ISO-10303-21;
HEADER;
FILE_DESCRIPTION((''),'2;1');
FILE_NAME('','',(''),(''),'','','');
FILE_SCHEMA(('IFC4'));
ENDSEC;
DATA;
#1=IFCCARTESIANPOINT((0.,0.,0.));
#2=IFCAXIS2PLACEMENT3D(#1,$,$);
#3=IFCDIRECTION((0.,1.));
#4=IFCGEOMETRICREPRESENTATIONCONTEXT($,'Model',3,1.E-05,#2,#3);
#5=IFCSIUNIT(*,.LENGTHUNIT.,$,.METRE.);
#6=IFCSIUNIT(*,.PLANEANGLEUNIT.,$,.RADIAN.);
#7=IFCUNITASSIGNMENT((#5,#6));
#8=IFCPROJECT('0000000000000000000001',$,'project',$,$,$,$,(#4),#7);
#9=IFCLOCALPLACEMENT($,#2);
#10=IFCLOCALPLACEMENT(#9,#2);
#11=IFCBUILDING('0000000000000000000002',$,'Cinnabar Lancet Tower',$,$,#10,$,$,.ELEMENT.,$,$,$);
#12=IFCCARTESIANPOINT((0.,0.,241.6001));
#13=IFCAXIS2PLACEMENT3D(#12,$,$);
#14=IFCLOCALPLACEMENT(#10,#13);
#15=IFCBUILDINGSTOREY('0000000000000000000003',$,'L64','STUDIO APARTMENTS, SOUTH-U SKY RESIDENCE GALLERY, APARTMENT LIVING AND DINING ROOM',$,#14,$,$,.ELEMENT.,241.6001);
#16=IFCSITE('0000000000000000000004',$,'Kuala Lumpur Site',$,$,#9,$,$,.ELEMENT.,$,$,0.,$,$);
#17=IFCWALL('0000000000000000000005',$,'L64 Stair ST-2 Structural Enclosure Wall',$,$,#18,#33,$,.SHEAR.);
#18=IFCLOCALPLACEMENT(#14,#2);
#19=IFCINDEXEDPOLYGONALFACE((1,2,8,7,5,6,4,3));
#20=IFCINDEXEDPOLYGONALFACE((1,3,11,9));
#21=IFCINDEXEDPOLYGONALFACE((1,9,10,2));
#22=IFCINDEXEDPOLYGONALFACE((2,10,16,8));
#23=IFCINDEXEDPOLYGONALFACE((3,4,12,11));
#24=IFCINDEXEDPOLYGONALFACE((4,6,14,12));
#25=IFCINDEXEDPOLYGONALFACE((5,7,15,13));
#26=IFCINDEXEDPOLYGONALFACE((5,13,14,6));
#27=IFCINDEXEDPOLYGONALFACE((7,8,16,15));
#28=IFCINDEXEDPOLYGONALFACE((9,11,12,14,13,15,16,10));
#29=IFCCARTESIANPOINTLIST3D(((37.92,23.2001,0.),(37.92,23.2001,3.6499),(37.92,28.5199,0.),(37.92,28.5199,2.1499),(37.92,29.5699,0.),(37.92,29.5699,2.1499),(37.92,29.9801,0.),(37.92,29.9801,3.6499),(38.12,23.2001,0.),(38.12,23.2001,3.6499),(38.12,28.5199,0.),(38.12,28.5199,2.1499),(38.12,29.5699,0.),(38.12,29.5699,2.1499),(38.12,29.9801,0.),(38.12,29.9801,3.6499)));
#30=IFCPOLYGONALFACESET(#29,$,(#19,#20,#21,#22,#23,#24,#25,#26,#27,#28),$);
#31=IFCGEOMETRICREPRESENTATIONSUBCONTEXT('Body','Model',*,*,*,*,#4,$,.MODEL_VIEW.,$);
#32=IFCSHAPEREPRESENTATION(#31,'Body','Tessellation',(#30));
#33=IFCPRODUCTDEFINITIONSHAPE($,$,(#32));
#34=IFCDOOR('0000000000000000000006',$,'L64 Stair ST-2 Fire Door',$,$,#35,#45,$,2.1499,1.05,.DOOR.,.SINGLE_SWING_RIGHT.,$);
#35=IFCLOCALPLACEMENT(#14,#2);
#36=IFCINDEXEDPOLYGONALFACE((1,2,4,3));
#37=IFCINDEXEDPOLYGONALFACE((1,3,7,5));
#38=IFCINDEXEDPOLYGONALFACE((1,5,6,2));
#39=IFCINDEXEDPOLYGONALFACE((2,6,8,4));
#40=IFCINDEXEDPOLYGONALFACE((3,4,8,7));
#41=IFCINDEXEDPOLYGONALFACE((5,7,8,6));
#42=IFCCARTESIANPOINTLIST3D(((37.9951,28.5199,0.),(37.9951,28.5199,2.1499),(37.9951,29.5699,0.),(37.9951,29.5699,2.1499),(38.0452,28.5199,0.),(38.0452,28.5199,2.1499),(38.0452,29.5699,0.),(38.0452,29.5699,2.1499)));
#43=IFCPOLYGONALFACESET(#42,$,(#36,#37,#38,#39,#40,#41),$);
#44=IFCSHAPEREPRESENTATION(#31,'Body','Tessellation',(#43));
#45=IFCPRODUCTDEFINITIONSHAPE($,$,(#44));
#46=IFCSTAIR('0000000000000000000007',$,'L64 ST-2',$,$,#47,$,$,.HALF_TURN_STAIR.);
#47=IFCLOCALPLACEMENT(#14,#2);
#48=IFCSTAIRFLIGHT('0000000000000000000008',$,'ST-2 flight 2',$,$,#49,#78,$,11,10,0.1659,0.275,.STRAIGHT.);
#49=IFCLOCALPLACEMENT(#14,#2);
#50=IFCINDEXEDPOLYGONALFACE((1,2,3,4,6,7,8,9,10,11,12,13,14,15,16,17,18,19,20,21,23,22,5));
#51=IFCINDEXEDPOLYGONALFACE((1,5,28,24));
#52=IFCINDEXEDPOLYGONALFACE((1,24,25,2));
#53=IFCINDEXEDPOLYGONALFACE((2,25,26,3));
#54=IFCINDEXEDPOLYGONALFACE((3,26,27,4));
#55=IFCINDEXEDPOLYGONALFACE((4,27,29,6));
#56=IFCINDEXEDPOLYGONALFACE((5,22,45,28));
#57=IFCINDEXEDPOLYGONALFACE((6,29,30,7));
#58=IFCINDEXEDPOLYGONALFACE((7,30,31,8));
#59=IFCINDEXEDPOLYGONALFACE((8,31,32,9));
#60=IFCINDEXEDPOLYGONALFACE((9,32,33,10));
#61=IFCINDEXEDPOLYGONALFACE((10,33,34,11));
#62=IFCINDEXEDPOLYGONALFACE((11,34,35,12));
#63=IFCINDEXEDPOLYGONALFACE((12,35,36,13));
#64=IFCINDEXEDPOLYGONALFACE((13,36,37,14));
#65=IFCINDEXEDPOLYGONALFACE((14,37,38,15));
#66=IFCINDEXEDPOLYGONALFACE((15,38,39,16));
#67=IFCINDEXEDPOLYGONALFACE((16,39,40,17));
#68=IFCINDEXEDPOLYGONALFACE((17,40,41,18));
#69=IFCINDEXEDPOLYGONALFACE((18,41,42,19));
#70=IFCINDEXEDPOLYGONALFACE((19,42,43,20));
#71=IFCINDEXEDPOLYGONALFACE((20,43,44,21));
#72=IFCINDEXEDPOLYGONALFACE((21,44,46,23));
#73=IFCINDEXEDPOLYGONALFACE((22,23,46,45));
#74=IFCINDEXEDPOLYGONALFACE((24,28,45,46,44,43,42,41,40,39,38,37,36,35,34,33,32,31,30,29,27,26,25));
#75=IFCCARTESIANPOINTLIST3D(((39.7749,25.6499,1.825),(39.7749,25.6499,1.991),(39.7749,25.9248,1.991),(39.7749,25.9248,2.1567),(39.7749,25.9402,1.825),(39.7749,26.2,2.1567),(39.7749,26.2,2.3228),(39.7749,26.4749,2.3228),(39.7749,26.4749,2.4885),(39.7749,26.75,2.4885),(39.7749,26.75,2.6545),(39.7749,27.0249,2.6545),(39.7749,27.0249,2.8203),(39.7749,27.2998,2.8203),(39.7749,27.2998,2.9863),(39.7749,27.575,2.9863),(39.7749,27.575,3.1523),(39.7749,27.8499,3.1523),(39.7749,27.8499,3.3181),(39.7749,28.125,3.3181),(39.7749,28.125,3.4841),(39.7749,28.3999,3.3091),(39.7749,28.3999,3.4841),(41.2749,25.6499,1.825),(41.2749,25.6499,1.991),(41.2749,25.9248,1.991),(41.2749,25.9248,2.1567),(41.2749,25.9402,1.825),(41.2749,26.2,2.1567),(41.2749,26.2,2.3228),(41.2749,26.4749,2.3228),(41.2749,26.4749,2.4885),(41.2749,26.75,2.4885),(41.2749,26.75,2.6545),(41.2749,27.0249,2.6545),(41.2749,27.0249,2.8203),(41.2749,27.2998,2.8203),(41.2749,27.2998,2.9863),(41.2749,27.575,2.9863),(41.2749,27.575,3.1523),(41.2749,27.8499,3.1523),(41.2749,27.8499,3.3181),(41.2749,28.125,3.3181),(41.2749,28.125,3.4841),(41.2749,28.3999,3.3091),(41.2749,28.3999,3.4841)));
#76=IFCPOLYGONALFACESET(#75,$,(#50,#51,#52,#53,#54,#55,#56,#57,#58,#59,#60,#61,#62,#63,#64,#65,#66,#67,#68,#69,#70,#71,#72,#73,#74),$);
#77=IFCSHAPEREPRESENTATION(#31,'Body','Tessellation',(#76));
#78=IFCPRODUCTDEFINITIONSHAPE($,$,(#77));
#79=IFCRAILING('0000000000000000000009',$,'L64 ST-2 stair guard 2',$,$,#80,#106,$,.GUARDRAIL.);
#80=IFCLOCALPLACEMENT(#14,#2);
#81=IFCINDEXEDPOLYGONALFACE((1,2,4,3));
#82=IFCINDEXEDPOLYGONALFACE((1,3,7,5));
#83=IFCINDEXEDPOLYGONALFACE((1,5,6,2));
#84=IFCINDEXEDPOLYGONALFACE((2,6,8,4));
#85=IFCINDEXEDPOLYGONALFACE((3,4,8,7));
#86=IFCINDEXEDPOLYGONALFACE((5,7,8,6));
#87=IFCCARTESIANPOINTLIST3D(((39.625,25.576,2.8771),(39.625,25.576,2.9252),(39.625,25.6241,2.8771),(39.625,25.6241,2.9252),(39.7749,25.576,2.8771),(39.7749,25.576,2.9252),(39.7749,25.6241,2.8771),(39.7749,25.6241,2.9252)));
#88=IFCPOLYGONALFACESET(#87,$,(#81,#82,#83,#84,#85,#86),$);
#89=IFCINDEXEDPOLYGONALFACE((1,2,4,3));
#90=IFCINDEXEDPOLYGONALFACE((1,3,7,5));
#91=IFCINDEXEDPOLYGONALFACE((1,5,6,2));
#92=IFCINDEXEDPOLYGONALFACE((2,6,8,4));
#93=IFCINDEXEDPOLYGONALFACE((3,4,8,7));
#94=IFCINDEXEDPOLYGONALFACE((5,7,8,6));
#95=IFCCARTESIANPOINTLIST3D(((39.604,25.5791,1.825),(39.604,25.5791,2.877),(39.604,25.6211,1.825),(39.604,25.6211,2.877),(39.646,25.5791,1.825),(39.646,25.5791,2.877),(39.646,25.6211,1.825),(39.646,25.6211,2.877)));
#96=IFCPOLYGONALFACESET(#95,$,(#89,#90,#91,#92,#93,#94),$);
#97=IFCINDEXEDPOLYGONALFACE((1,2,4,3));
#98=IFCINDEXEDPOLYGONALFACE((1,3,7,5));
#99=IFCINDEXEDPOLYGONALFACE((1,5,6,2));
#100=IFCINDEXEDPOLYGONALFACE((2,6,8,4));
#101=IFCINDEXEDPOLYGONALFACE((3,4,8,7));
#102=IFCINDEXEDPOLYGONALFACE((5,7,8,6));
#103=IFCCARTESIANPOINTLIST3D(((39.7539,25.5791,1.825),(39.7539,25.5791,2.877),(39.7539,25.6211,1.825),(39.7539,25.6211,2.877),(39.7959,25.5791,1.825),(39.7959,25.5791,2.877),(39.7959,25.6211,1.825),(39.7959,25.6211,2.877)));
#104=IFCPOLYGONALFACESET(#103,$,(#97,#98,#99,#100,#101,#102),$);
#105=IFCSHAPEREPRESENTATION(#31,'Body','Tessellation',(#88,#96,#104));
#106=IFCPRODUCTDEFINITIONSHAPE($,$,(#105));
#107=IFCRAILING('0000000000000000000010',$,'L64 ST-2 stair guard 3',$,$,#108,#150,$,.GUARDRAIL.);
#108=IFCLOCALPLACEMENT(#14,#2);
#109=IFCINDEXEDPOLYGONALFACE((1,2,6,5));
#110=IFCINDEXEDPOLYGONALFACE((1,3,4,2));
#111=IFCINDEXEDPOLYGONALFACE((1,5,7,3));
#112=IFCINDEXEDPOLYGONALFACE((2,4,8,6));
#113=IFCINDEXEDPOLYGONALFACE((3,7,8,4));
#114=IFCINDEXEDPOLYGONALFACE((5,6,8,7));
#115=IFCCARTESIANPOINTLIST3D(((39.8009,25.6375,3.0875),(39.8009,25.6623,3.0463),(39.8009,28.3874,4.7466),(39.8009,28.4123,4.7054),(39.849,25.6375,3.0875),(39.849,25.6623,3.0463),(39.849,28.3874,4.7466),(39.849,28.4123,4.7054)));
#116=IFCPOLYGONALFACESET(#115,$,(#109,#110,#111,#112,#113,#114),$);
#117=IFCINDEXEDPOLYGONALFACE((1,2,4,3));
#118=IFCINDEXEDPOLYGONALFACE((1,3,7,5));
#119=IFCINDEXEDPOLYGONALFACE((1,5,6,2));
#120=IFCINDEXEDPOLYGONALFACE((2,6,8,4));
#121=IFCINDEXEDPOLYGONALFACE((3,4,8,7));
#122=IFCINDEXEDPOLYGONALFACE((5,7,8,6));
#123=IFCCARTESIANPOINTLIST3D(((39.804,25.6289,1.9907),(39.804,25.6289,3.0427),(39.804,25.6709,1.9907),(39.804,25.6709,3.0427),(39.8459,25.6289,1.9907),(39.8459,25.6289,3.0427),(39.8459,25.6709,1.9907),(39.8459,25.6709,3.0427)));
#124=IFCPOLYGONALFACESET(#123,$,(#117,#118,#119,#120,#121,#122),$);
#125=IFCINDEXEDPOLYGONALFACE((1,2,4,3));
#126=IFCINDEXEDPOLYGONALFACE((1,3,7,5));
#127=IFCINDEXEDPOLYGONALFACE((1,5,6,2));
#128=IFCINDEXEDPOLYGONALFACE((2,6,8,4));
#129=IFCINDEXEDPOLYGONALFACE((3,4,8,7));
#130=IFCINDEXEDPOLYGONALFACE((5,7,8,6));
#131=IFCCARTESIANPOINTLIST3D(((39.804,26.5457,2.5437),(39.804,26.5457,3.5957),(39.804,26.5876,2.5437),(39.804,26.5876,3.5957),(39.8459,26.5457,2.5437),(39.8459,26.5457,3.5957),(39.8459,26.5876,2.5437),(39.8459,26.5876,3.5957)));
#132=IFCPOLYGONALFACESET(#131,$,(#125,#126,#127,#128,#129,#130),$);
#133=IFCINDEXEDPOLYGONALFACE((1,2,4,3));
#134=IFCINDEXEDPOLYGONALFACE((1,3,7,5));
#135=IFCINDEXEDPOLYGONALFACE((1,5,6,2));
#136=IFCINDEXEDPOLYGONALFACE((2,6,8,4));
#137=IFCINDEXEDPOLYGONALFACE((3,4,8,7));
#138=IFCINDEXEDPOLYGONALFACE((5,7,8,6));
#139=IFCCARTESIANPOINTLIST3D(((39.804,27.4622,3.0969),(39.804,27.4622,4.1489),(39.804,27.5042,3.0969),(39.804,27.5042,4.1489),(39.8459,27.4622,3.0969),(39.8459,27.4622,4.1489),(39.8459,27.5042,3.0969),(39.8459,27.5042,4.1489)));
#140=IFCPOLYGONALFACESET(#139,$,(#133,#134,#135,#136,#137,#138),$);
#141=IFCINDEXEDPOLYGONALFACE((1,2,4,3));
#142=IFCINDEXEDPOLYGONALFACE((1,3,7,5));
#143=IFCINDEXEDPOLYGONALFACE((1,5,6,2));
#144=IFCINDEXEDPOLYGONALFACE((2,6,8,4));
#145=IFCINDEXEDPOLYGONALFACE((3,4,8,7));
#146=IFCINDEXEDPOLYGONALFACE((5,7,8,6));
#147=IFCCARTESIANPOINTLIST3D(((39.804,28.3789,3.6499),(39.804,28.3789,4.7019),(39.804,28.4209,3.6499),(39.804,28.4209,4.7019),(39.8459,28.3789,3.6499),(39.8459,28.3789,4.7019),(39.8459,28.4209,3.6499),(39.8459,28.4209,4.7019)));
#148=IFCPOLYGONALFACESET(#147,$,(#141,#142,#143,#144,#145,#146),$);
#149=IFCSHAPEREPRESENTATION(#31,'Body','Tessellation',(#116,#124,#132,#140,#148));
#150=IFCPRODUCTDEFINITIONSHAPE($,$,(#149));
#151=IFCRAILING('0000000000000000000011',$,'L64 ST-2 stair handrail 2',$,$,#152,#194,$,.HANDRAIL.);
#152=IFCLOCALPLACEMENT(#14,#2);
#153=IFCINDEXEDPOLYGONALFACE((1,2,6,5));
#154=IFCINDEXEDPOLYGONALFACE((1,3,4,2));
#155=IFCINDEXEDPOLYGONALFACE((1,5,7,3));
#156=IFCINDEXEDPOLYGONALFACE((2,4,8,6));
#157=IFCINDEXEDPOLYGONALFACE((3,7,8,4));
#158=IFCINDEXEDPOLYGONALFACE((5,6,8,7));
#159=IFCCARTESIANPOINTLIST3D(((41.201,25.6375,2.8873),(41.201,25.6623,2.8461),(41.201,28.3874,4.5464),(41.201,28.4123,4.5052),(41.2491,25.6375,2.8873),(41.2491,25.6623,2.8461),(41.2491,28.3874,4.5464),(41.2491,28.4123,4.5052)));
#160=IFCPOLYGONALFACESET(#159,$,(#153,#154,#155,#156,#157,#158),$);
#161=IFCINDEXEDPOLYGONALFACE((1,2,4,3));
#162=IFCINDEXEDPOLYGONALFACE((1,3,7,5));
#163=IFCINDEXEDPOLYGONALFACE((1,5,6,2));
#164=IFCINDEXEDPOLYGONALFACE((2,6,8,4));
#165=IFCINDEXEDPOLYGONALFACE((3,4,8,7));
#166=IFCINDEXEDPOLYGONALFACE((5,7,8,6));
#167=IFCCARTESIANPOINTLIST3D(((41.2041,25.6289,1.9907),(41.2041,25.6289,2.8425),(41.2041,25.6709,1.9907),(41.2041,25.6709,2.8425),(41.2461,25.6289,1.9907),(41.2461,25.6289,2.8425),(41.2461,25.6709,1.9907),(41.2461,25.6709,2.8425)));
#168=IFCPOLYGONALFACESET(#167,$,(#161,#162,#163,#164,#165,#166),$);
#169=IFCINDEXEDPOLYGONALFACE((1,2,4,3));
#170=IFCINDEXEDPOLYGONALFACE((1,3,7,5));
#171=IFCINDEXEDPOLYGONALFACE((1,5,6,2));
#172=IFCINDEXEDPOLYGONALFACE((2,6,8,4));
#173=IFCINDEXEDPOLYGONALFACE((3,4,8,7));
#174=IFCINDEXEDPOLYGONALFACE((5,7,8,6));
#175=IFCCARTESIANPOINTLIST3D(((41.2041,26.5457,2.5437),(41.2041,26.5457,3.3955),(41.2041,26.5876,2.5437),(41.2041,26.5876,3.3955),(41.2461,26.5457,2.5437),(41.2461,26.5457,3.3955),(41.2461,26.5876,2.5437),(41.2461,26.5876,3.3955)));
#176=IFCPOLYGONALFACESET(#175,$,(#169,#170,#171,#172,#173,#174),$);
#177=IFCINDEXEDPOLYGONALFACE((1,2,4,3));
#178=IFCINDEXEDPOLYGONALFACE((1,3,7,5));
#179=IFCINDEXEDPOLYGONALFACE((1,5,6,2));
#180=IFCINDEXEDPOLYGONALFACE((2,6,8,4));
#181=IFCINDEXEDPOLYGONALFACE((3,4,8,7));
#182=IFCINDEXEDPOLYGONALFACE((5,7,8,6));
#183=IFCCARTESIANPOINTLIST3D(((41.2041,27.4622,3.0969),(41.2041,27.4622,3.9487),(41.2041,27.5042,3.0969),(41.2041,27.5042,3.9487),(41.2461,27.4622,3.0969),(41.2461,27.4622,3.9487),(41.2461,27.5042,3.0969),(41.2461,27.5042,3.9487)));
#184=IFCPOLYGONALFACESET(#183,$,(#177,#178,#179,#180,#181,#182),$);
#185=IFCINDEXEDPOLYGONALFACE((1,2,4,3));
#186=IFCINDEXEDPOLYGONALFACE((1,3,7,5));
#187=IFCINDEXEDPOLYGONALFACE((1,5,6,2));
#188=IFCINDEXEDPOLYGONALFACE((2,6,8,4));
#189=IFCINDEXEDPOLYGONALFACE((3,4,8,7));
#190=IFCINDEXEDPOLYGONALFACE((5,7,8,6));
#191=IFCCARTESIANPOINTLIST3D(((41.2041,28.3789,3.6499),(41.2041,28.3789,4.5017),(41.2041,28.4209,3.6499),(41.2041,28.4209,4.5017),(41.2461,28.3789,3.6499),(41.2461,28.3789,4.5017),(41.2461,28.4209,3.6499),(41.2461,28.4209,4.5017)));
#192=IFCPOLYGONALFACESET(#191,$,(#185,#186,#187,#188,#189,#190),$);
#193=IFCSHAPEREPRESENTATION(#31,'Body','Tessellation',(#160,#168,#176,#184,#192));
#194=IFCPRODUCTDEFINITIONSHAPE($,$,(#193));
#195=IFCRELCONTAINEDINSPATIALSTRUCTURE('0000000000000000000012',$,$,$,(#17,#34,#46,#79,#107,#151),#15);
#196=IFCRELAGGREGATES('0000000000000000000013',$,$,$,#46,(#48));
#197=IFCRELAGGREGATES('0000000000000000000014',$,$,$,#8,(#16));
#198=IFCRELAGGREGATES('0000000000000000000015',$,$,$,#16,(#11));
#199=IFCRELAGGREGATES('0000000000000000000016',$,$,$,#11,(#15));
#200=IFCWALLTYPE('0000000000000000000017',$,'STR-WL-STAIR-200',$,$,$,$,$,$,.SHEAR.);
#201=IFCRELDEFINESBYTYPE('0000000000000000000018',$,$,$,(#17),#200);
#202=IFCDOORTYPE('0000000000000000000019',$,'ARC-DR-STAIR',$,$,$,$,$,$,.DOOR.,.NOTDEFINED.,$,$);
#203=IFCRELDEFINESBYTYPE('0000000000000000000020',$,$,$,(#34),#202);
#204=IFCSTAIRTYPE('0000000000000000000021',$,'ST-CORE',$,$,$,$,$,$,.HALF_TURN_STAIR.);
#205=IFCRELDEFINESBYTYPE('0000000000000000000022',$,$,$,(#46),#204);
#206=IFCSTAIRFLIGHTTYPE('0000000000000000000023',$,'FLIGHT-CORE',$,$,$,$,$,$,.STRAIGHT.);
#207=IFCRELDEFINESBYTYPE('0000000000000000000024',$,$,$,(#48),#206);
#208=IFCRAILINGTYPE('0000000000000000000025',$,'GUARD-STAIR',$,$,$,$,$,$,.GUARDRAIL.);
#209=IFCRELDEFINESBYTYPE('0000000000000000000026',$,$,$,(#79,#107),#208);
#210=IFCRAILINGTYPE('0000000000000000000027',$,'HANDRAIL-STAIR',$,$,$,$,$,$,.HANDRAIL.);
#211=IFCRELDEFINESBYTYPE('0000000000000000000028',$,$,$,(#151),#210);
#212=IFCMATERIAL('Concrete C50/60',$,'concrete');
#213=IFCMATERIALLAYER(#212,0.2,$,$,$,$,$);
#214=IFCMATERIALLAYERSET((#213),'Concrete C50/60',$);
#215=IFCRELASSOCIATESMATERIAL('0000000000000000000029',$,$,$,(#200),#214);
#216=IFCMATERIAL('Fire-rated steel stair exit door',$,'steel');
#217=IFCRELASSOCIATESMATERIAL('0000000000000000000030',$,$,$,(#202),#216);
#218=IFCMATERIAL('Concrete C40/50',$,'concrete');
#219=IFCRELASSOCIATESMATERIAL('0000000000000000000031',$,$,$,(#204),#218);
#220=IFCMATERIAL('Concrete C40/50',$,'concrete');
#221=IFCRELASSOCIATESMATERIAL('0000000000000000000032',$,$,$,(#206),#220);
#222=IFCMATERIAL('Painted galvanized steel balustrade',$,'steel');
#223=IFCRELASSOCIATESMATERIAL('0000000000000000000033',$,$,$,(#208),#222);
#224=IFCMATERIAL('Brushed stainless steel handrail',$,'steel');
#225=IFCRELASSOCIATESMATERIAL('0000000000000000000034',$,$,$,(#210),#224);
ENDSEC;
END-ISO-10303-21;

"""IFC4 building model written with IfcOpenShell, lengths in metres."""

from ifc_helpers import new_model, si_unit, direction, frame, frame_2d, origin, origin_2d, place, context, subcontext, project, spatial, polyline, rectangle, outline, extrude, material, layer, layer_set, type_object, element, fill, aggregate, save


model = new_model("IFC4")

# Units and contexts
model_context = context("Model", 3, precision=1e-05, world=origin(), true_north=direction((0.0, 1.0)))
body_context = subcontext(model_context, "Body", "Model", "MODEL_VIEW")
ifc_project = project(units=[si_unit("LENGTHUNIT", "METRE"), si_unit("PLANEANGLEUNIT", "RADIAN")], contexts=[model_context])

# Site, building, storey
site_placement = place(None, origin())
site = spatial("IfcSite", under=ifc_project, at=site_placement, Name="Kuala Lumpur Site", CompositionType="ELEMENT", RefElevation=0.0)
building_placement = place(site_placement, origin())
building = spatial("IfcBuilding", under=site, at=building_placement, Name="Cinnabar Lancet Tower", CompositionType="ELEMENT")
storey_placement = place(building_placement, frame((0.0, 0.0, 241.6001)))
storey = spatial("IfcBuildingStorey", under=building, at=storey_placement, Name="L64", Description="STUDIO APARTMENTS, SOUTH-U SKY RESIDENCE GALLERY, APARTMENT LIVING AND DINING ROOM", CompositionType="ELEMENT", Elevation=241.6001)

# Wall, opening, door
ifc_material_1 = material(Name="Concrete C50/60", Category="concrete")
ifc_layer_1 = layer(ifc_material_1, 0.2)
ifc_layer_set_1 = layer_set([ifc_layer_1], Name="Concrete C50/60")
wall_type_1 = type_object("IfcWallType", Name="STR-WL-STAIR-200", PredefinedType="SHEAR", material=ifc_layer_set_1)
wall_1_placement = place(storey_placement, frame((38.02, 23.2, 0.0), z_axis=(0.0, 0.0, 1.0), x_axis=(0.0, 1.0, 0.0)))
wall_1 = element("IfcWall", 1, at=wall_1_placement, inside=storey, type_object=wall_type_1, Name="L64 Stair ST-2 Structural Enclosure Wall", PredefinedType="SHEAR", context=body_context, shape_type="SweptSolid", body=[
    extrude(rectangle(XDim=6.78, YDim=0.2, at=frame_2d((3.3901, 0.0))), origin(), (0.0, 0.0, 1.0), 3.6499),
])
opening_1_placement = place(wall_1_placement, frame((5.3201, 0.0, 0.0)))
opening_1 = element("IfcOpeningElement", 2, at=opening_1_placement, cuts=wall_1, PredefinedType="OPENING", context=body_context, shape_type="SweptSolid", body=[
    extrude(rectangle(XDim=1.05, YDim=2.1499, at=frame_2d((0.5249, 1.075))), frame((0.0, 0.1099, 0.0), z_axis=(0.0, -1.0, 0.0), x_axis=(1.0, 0.0, 0.0)), (0.0, 0.0, 1.0), 0.22),
])
ifc_material_2 = material(Name="Fire-rated steel stair exit door", Category="steel")
door_type_1 = type_object("IfcDoorType", Name="ARC-DR-STAIR", OperationType="NOTDEFINED", PredefinedType="DOOR", material=ifc_material_2)
door_1_placement = place(opening_1_placement, origin())
door_1 = element("IfcDoor", 3, at=door_1_placement, inside=storey, type_object=door_type_1, Name="L64 Stair ST-2 Fire Door", OperationType="SINGLE_SWING_RIGHT", OverallHeight=2.1499, OverallWidth=1.05, PredefinedType="DOOR", context=body_context, shape_type="SweptSolid", body=[
    extrude(rectangle(XDim=1.05, YDim=2.1499, at=frame_2d((0.5249, 1.075))), frame((0.0, 0.0249, 0.0), z_axis=(0.0, -1.0, 0.0), x_axis=(1.0, 0.0, 0.0)), (0.0, 0.0, 1.0), 0.05),
])
fill(opening_1, door_1)

# Stair, stair flight
ifc_material_3 = material(Name="Concrete C40/50", Category="concrete")
stair_type = type_object("IfcStairType", Name="ST-CORE", PredefinedType="HALF_TURN_STAIR", material=ifc_material_3)
stair_placement = place(storey_placement, origin())
stair = element("IfcStair", 4, at=stair_placement, inside=storey, type_object=stair_type, Name="L64 ST-2", PredefinedType="HALF_TURN_STAIR")
ifc_material_4 = material(Name="Concrete C40/50", Category="concrete")
stair_flight_type = type_object("IfcStairFlightType", Name="FLIGHT-CORE", PredefinedType="STRAIGHT", material=ifc_material_4)
stair_flight_placement = place(storey_placement, frame((40.5249, 25.6499, 1.825), z_axis=(0.0, 0.0, 1.0), x_axis=(0.0, 1.0, 0.0)))
stair_flight = element("IfcStairFlight", 5, at=stair_flight_placement, type_object=stair_flight_type, Name="ST-2 flight 2", NumberOfRisers=11, NumberOfTreads=10, PredefinedType="STRAIGHT", RiserHeight=0.1659, TreadLength=0.275, context=body_context, shape_type="SweptSolid", body=[
    extrude(outline(polyline([(0.0, 0.0), (0.0, 0.166), (0.2749, 0.166), (0.2749, 0.3318), (0.55, 0.3318), (0.55, 0.4978), (0.825, 0.4978), (0.825, 0.6636), (1.1001, 0.6636), (1.1001, 0.8296), (1.375, 0.8296), (1.375, 0.9954), (1.6499, 0.9954), (1.6499, 1.1614), (1.925, 1.1614), (1.925, 1.3274), (2.2, 1.3274), (2.2, 1.4932), (2.4751, 1.4932), (2.4751, 1.6592), (2.75, 1.6592), (2.75, 1.825), (2.75, 1.4841), (0.2903, 0.0), (0.0, 0.0)])), frame((0.0, 0.75, 0.0), z_axis=(0.0, -1.0, 0.0), x_axis=(1.0, 0.0, 0.0)), (0.0, 0.0, 1.0), 1.5),
])
aggregate(stair, [stair_flight])

# Railings
ifc_material_5 = material(Name="Painted galvanized steel balustrade", Category="steel")
railing_type_1 = type_object("IfcRailingType", Name="GUARD-STAIR", PredefinedType="GUARDRAIL", material=ifc_material_5)
railing_1_placement = place(storey_placement, frame((39.625, 25.6001, 1.825)))
element("IfcRailing", 6, at=railing_1_placement, inside=storey, type_object=railing_type_1, Name="L64 ST-2 stair guard 2", PredefinedType="GUARDRAIL", context=body_context, shape_type="SweptSolid", body=[
    extrude(rectangle(XDim=0.0481, YDim=0.0481, at=origin_2d()), frame((0.0, 0.0, 1.0762), z_axis=(1.0, 0.0, 0.0), x_axis=(0.0, 1.0, 0.0)), (0.0, 0.0, 1.0), 0.1499),
    extrude(rectangle(XDim=0.042, YDim=0.042, at=origin_2d()), origin(), (0.0, 0.0, 1.0), 1.052),
    extrude(rectangle(XDim=0.042, YDim=0.042, at=origin_2d()), frame((0.1499, 0.0, 0.0)), (0.0, 0.0, 1.0), 1.052),
])
railing_2_placement = place(storey_placement, frame((39.825, 25.6499, 1.9907)))
element("IfcRailing", 7, at=railing_2_placement, inside=storey, type_object=railing_type_1, Name="L64 ST-2 stair guard 3", PredefinedType="GUARDRAIL", context=body_context, shape_type="SweptSolid", body=[
    extrude(rectangle(XDim=0.0481, YDim=0.0481, at=origin_2d()), frame((0.0, 0.0, 1.0762), z_axis=(0.0, 0.856229, 0.516596), x_axis=(-1.0, 0.0, 0.0)), (0.0, 0.0, 1.0), 3.2117),
    extrude(rectangle(XDim=0.042, YDim=0.042, at=origin_2d()), origin(), (0.0, 0.0, 1.0), 1.052),
    extrude(rectangle(XDim=0.042, YDim=0.042, at=origin_2d()), frame((0.0, 0.9167, 0.553)), (0.0, 0.0, 1.0), 1.052),
    extrude(rectangle(XDim=0.042, YDim=0.042, at=origin_2d()), frame((0.0, 1.8333, 1.1062)), (0.0, 0.0, 1.0), 1.052),
    extrude(rectangle(XDim=0.042, YDim=0.042, at=origin_2d()), frame((0.0, 2.75, 1.6592)), (0.0, 0.0, 1.0), 1.052),
])
ifc_material_6 = material(Name="Brushed stainless steel handrail", Category="steel")
railing_type_2 = type_object("IfcRailingType", Name="HANDRAIL-STAIR", PredefinedType="HANDRAIL", material=ifc_material_6)
railing_3_placement = place(storey_placement, frame((41.2251, 25.6499, 1.9907)))
element("IfcRailing", 8, at=railing_3_placement, inside=storey, type_object=railing_type_2, Name="L64 ST-2 stair handrail 2", PredefinedType="HANDRAIL", context=body_context, shape_type="SweptSolid", body=[
    extrude(rectangle(XDim=0.0481, YDim=0.0481, at=origin_2d()), frame((0.0, 0.0, 0.876), z_axis=(0.0, 0.856229, 0.516596), x_axis=(-1.0, 0.0, 0.0)), (0.0, 0.0, 1.0), 3.2117),
    extrude(rectangle(XDim=0.042, YDim=0.042, at=origin_2d()), origin(), (0.0, 0.0, 1.0), 0.8518),
    extrude(rectangle(XDim=0.042, YDim=0.042, at=origin_2d()), frame((0.0, 0.9167, 0.553)), (0.0, 0.0, 1.0), 0.8518),
    extrude(rectangle(XDim=0.042, YDim=0.042, at=origin_2d()), frame((0.0, 1.8333, 1.1062)), (0.0, 0.0, 1.0), 0.8518),
    extrude(rectangle(XDim=0.042, YDim=0.042, at=origin_2d()), frame((0.0, 2.75, 1.6592)), (0.0, 0.0, 1.0), 0.8518),
])

save(model, "model.ifc")
